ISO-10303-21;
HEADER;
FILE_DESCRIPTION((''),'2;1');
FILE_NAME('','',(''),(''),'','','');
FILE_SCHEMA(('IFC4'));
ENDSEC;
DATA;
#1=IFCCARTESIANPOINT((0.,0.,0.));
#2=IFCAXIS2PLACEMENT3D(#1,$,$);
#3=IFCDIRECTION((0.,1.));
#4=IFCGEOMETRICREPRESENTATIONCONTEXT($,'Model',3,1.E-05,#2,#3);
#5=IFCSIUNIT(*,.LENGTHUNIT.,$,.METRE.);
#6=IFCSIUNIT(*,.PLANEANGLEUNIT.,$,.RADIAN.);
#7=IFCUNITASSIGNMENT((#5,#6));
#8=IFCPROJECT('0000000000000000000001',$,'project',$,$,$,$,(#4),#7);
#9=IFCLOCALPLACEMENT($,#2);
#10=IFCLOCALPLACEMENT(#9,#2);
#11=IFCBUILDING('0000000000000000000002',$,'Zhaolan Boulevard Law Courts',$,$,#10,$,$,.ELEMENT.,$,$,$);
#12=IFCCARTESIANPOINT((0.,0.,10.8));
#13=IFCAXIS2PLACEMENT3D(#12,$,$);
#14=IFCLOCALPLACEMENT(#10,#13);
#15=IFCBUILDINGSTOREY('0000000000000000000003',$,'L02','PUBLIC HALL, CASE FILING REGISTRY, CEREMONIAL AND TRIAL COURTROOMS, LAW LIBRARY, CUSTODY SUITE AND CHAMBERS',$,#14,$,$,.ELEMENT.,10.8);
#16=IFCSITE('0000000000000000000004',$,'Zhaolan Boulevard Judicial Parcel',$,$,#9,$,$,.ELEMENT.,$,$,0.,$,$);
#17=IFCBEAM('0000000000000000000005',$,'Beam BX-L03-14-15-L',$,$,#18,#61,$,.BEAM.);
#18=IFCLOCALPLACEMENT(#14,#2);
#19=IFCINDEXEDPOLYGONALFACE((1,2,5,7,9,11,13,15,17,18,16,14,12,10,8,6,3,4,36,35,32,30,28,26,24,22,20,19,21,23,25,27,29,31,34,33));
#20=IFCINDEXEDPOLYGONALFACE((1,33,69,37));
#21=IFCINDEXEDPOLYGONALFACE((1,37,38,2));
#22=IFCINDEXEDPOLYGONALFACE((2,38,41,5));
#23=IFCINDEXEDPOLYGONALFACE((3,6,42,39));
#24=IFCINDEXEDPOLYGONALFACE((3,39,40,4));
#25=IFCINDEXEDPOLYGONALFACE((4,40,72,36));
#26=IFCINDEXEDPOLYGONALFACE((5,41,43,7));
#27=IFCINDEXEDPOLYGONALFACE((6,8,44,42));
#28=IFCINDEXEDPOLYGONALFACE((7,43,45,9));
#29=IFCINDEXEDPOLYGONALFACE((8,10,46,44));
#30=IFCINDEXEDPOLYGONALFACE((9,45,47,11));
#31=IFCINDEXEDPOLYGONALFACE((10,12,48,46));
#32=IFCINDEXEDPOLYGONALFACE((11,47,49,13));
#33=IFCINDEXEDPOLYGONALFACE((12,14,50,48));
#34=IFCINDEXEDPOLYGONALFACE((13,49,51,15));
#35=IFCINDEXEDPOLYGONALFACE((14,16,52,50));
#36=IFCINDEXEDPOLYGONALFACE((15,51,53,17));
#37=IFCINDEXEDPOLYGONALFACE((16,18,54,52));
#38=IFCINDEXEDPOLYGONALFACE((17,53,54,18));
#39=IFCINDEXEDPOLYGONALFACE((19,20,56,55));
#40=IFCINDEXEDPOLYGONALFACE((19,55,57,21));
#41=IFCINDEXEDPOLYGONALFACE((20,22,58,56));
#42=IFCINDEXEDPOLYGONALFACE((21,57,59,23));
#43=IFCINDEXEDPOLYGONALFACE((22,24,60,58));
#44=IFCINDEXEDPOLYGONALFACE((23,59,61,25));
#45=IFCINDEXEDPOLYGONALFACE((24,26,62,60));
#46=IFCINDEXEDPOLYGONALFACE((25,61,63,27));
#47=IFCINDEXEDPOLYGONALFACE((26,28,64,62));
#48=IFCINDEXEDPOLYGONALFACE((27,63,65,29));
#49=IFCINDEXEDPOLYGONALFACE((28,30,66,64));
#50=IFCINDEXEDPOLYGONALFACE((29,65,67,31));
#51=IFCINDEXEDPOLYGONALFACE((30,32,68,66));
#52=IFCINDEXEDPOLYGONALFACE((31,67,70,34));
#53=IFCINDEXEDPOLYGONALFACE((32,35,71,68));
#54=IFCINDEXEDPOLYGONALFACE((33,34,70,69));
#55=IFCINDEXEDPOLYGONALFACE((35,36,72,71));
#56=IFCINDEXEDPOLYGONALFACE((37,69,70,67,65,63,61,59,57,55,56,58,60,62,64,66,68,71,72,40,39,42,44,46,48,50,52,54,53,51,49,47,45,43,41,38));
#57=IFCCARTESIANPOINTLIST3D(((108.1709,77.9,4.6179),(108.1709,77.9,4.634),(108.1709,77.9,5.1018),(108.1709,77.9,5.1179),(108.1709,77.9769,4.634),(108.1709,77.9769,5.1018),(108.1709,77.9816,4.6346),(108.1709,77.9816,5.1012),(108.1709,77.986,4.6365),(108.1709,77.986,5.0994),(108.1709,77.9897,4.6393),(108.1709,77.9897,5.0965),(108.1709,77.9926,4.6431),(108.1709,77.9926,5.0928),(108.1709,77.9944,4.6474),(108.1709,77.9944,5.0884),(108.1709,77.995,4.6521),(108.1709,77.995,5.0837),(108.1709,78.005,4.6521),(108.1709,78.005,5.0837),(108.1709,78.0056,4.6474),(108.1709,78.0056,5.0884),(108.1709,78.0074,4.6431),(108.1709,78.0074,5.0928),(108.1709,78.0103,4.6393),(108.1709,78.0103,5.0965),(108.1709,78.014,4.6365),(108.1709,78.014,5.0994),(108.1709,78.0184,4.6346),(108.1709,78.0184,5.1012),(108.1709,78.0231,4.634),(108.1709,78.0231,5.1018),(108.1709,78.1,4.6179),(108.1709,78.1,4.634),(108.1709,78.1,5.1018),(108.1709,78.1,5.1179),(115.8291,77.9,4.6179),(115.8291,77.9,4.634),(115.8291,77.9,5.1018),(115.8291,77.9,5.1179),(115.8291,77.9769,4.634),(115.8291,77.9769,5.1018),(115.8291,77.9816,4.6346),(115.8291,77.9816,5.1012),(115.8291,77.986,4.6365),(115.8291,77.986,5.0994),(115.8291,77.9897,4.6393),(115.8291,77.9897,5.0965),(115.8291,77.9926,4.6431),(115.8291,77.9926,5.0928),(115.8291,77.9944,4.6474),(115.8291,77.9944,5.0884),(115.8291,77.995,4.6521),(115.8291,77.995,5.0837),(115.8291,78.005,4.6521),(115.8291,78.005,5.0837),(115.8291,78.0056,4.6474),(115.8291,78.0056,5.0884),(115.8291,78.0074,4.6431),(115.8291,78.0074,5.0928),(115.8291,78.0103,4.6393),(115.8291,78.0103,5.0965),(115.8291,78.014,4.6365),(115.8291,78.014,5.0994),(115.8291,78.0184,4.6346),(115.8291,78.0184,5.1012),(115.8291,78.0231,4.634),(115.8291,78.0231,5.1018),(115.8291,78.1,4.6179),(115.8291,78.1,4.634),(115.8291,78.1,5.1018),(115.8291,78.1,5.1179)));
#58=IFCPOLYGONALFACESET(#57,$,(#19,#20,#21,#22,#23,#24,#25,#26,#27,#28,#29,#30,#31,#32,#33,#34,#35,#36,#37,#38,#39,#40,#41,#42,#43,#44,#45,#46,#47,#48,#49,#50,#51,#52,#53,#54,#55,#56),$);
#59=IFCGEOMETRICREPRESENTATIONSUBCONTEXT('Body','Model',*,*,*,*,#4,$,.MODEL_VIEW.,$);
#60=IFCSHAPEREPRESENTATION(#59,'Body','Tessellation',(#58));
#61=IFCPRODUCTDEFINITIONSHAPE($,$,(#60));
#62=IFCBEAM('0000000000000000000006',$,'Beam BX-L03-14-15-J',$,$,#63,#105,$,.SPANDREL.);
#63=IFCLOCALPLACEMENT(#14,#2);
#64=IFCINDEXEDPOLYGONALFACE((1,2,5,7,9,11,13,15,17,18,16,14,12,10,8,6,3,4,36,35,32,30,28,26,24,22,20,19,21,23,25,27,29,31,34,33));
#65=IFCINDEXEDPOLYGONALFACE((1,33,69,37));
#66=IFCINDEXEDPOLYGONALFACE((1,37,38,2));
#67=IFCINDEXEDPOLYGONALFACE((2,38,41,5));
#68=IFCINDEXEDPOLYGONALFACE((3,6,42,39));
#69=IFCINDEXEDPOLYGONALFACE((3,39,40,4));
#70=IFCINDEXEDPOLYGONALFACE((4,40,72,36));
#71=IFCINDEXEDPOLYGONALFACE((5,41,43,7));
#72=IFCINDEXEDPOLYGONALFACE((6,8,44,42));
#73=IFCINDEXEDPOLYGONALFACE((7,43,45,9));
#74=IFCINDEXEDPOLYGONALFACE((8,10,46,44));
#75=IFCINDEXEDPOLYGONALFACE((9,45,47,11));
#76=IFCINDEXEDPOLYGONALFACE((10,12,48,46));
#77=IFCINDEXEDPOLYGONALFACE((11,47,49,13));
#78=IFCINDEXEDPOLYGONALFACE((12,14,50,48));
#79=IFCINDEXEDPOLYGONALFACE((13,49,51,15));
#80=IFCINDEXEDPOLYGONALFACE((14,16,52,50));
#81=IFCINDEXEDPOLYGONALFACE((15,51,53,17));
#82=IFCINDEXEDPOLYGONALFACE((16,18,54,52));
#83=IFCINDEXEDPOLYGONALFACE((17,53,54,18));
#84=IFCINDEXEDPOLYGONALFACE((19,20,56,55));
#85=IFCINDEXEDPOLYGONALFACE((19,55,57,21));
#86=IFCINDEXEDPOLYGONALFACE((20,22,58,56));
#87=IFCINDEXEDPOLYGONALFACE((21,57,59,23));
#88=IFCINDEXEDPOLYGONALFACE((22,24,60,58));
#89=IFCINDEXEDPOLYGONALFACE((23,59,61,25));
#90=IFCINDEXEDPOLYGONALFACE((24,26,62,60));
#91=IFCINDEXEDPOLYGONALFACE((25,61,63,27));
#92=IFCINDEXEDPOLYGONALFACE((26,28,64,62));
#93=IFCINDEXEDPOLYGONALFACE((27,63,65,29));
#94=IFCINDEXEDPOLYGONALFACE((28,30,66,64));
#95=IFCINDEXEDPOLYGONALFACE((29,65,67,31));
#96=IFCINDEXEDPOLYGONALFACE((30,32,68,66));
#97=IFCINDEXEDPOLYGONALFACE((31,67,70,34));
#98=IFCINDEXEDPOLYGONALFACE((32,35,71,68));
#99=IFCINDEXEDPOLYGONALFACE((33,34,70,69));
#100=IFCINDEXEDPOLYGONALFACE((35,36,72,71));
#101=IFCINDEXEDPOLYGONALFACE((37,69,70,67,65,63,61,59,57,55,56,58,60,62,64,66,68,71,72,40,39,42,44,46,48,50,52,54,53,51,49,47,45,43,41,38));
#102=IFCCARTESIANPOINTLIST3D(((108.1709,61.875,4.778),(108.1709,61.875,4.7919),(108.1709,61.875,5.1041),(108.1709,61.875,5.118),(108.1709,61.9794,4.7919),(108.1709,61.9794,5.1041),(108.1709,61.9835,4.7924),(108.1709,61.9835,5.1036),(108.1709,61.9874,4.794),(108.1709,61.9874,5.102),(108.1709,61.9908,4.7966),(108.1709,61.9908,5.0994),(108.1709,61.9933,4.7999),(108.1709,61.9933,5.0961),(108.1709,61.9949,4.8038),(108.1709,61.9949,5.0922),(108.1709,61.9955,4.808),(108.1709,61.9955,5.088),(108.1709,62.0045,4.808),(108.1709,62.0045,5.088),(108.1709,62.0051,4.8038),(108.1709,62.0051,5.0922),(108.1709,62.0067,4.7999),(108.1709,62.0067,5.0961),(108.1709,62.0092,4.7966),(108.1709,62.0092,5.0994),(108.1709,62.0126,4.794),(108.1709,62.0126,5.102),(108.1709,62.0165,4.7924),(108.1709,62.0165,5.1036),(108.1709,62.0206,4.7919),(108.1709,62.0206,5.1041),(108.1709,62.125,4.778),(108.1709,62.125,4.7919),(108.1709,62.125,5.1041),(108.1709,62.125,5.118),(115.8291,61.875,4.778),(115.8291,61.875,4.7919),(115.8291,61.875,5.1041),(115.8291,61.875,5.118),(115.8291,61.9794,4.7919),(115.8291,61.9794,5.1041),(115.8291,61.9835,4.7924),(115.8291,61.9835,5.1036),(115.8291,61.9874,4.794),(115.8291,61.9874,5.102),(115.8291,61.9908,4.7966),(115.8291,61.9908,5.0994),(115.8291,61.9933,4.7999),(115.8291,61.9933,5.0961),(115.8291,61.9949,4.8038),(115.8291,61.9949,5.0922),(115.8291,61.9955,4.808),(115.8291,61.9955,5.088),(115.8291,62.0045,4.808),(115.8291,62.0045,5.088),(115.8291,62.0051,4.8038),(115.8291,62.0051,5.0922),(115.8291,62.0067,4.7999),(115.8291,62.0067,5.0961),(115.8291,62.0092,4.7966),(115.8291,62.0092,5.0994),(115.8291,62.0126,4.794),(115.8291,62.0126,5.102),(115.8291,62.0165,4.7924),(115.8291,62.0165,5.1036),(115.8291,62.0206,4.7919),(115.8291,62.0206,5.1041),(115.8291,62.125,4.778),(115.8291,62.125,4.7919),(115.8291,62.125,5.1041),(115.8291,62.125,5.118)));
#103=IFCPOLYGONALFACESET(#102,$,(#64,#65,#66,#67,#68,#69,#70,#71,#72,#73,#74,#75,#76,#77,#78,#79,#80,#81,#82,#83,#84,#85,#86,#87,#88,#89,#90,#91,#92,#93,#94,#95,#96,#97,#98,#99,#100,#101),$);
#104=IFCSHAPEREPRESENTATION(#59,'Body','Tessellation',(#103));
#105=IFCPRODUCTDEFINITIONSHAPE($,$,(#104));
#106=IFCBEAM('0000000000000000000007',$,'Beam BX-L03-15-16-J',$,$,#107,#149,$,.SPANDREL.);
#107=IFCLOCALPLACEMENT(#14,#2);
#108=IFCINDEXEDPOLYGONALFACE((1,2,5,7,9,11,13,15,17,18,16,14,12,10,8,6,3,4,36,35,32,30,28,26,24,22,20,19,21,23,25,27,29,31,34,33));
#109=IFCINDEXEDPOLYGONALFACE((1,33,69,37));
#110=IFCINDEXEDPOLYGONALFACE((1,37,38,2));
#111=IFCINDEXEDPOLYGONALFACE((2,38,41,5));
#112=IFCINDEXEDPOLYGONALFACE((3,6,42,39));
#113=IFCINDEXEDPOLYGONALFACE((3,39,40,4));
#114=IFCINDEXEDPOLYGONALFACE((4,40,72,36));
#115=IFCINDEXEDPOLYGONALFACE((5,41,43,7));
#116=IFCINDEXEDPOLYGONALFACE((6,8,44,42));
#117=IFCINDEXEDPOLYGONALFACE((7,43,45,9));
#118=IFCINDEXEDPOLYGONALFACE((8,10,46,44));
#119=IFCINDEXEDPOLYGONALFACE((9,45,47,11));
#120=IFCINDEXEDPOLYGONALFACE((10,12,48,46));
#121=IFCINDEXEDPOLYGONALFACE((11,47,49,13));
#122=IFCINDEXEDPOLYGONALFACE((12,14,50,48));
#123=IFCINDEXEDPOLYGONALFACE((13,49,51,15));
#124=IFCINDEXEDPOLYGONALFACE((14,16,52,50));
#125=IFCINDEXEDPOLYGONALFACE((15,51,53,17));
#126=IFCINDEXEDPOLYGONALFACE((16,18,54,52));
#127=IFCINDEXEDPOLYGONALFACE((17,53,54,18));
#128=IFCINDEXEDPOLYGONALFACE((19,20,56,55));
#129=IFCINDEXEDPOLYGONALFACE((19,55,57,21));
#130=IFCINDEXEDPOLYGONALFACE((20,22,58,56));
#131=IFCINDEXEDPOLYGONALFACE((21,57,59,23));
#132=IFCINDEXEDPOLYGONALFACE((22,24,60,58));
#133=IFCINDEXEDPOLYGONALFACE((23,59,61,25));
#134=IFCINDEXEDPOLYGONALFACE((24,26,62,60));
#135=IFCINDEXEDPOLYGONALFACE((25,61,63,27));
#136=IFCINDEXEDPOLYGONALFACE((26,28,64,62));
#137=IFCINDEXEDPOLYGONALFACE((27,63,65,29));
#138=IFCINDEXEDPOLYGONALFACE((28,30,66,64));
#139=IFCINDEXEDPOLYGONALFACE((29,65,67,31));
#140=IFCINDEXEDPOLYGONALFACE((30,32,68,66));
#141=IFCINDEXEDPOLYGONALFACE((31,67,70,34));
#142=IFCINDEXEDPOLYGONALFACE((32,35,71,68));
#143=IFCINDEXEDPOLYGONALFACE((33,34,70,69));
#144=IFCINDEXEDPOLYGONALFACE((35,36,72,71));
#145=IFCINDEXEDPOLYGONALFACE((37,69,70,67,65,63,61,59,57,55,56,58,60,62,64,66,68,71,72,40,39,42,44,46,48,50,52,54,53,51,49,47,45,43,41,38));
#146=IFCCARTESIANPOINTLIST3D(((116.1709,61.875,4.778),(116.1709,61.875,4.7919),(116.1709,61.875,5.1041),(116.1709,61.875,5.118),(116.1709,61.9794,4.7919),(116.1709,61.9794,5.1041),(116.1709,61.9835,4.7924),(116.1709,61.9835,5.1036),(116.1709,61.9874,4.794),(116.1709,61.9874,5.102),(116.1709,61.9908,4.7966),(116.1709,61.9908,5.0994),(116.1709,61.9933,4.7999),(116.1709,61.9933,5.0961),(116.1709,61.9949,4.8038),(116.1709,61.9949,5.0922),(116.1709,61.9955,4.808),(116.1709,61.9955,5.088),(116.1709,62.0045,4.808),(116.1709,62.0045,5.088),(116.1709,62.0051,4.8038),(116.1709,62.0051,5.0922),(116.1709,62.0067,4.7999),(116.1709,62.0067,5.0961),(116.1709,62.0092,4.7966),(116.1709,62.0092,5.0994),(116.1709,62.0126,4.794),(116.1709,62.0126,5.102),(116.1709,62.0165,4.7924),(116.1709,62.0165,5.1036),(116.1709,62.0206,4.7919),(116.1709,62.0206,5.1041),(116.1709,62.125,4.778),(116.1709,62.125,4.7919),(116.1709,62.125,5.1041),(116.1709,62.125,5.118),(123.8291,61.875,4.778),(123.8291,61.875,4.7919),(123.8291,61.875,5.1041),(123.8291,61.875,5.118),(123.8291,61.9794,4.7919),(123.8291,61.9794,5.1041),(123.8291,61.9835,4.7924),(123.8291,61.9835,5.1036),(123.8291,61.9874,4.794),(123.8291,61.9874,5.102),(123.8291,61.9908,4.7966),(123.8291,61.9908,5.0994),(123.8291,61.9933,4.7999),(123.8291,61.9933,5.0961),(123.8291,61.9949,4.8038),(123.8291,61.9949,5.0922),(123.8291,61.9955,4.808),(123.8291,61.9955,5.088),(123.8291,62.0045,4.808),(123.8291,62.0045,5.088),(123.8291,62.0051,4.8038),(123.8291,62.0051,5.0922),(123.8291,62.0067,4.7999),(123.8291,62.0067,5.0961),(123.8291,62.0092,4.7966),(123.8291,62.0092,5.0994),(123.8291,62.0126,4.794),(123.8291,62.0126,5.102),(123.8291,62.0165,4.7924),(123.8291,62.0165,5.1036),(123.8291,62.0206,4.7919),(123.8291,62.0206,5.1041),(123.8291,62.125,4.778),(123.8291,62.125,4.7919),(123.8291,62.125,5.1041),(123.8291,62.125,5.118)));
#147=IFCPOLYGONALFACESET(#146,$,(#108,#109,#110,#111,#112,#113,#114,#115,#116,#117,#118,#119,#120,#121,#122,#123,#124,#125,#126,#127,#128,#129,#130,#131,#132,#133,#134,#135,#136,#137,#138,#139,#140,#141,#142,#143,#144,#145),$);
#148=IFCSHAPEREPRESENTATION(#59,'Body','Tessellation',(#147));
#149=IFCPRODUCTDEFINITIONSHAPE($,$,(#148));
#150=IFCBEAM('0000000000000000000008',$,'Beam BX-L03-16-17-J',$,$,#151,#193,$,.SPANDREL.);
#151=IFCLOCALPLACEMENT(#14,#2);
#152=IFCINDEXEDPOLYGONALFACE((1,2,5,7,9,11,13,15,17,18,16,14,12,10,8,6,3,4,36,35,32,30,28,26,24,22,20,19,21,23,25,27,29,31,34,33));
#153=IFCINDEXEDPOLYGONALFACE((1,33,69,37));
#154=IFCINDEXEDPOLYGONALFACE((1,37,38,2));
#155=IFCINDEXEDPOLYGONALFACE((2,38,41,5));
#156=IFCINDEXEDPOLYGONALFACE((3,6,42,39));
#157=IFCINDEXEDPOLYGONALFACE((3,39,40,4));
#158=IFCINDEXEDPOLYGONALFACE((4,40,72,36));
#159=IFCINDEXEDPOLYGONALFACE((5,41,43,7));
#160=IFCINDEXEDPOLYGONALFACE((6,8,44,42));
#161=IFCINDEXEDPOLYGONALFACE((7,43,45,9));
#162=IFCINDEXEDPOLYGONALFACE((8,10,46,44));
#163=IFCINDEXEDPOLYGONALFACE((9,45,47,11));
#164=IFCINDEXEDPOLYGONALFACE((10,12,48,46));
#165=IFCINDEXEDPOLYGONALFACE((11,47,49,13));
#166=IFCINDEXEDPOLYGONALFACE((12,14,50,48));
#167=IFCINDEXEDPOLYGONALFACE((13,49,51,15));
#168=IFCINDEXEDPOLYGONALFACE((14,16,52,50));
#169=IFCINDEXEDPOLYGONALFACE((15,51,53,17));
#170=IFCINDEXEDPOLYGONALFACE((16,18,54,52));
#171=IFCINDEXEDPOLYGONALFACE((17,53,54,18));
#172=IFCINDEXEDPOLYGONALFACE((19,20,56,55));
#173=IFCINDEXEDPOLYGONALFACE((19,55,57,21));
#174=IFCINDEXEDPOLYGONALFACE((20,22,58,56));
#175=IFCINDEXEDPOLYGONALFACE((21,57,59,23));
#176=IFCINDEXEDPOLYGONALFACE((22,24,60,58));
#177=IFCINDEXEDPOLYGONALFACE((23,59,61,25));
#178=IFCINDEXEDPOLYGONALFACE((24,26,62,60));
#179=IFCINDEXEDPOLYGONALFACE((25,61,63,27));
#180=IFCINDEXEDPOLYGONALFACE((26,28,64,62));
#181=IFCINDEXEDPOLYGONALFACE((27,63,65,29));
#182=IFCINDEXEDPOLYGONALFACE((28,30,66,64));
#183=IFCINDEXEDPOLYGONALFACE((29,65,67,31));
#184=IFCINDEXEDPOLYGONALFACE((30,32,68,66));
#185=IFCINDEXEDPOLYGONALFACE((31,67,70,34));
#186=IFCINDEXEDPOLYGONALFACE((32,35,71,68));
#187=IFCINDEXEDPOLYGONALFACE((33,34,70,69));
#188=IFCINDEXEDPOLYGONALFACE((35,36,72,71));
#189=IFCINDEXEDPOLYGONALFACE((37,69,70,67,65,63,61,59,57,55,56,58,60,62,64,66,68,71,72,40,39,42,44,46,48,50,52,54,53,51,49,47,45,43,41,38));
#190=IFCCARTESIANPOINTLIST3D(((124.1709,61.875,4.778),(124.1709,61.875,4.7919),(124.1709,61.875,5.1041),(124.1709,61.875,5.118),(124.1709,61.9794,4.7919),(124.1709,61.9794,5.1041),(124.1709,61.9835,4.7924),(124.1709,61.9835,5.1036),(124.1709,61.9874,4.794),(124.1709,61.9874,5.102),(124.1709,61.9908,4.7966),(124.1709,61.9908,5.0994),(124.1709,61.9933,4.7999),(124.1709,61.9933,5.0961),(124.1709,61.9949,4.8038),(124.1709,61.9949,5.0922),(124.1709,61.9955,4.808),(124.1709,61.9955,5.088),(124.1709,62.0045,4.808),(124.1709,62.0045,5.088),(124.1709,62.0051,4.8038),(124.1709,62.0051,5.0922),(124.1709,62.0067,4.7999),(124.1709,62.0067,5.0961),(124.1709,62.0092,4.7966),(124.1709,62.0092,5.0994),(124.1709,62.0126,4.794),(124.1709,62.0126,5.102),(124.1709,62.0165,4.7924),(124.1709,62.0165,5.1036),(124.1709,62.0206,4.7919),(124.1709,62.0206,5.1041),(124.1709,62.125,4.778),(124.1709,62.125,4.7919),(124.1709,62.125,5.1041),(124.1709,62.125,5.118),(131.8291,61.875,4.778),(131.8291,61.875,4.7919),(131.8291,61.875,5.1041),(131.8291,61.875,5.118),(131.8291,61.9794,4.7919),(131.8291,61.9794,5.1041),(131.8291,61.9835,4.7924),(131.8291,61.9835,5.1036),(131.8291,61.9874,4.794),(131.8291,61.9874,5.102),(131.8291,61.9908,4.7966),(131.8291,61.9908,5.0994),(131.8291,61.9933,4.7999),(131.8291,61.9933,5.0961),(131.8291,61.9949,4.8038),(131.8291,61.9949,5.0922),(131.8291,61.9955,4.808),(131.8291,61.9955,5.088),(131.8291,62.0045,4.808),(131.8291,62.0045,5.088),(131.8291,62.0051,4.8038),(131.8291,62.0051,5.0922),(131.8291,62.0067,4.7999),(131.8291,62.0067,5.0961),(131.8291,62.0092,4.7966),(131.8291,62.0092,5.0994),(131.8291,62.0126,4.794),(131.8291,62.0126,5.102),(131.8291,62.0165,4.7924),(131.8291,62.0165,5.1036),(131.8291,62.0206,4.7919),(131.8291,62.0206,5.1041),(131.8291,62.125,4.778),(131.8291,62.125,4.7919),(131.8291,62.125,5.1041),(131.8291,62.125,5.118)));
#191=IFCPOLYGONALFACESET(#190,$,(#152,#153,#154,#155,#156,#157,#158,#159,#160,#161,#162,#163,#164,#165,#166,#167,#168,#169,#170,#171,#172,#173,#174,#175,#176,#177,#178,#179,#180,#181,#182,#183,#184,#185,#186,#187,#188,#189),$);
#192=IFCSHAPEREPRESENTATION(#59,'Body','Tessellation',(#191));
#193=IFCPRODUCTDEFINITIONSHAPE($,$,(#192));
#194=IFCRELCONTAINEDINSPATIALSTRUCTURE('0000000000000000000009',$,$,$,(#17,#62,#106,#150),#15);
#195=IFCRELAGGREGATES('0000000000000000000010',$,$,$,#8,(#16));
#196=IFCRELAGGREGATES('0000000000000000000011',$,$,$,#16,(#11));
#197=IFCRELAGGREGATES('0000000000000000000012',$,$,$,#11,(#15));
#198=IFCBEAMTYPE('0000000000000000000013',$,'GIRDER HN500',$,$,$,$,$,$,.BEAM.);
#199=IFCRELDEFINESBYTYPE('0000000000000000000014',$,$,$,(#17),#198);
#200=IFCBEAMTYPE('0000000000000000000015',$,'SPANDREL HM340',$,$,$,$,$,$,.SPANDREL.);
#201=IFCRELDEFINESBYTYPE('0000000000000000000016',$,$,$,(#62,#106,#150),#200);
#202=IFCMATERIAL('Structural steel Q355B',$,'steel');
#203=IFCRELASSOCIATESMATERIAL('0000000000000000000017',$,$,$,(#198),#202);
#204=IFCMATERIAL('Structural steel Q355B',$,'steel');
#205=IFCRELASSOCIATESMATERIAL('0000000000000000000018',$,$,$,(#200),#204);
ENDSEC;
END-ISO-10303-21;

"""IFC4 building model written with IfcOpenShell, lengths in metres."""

from ifc_helpers import new_model, si_unit, direction, frame, origin, origin_2d, place, context, subcontext, project, spatial, i_section, extrude, material, material_profile, profile_set, type_object, element, save


model = new_model("IFC4")

# Units and contexts
model_context = context("Model", 3, precision=1e-05, world=origin(), true_north=direction((0.0, 1.0)))
body_context = subcontext(model_context, "Body", "Model", "MODEL_VIEW")
ifc_project = project(units=[si_unit("LENGTHUNIT", "METRE"), si_unit("PLANEANGLEUNIT", "RADIAN")], contexts=[model_context])

# Site, building, storey
site_placement = place(None, origin())
site = spatial("IfcSite", under=ifc_project, at=site_placement, Name="Zhaolan Boulevard Judicial Parcel", CompositionType="ELEMENT", RefElevation=0.0)
building_placement = place(site_placement, origin())
building = spatial("IfcBuilding", under=site, at=building_placement, Name="Zhaolan Boulevard Law Courts", CompositionType="ELEMENT")
storey_placement = place(building_placement, frame((0.0, 0.0, 10.8)))
storey = spatial("IfcBuildingStorey", under=building, at=storey_placement, Name="L02", Description="PUBLIC HALL, CASE FILING REGISTRY, CEREMONIAL AND TRIAL COURTROOMS, LAW LIBRARY, CUSTODY SUITE AND CHAMBERS", CompositionType="ELEMENT", Elevation=10.8)

# Beams
ifc_material_1 = material(Name="Structural steel Q355B", Category="steel")
ifc_material_profile_1 = material_profile(ifc_material_1, i_section(OverallWidth=0.2, OverallDepth=0.5, WebThickness=0.01, FlangeThickness=0.0161, FilletRadius=0.0181, at=origin_2d()), Name="HN500x200")
ifc_profile_set_1 = profile_set([ifc_material_profile_1], Name="Structural steel Q355B")
beam_type_1 = type_object("IfcBeamType", Name="GIRDER HN500", PredefinedType="BEAM", material=ifc_profile_set_1)
beam_1_placement = place(storey_placement, frame((108.1709, 78.0, 4.8679), z_axis=(1.0, 0.0, 0.0), x_axis=(0.0, 1.0, 0.0)))
element("IfcBeam", 1, at=beam_1_placement, inside=storey, type_object=beam_type_1, Name="Beam BX-L03-14-15-L", PredefinedType="BEAM", context=body_context, shape_type="SweptSolid", body=[
    extrude(i_section(OverallWidth=0.2, OverallDepth=0.5, WebThickness=0.01, FlangeThickness=0.0161, FilletRadius=0.0181, at=origin_2d()), origin(), (0.0, 0.0, 1.0), 7.6582),
])
ifc_material_2 = material(Name="Structural steel Q355B", Category="steel")
ifc_material_profile_2 = material_profile(ifc_material_2, i_section(OverallWidth=0.25, OverallDepth=0.3401, WebThickness=0.009, FlangeThickness=0.0139, FilletRadius=0.0161, at=origin_2d()), Name="HM340x250")
ifc_profile_set_2 = profile_set([ifc_material_profile_2], Name="Structural steel Q355B")
beam_type_2 = type_object("IfcBeamType", Name="SPANDREL HM340", PredefinedType="SPANDREL", material=ifc_profile_set_2)
for number, where, z_axis, x_axis, name in (
    (2, (108.1709, 62.0, 4.948), (1.0, 0.0, 0.0), (0.0, 1.0, 0.0), "Beam BX-L03-14-15-J"),
    (3, (116.1709, 62.0, 4.948), (1.0, 0.0, 0.0), (0.0, 1.0, 0.0), "Beam BX-L03-15-16-J"),
    (4, (124.1709, 62.0, 4.948), (1.0, 0.0, 0.0), (0.0, 1.0, 0.0), "Beam BX-L03-16-17-J"),
):
    element("IfcBeam", number, at=place(storey_placement, frame(where, z_axis=z_axis, x_axis=x_axis)), inside=storey, type_object=beam_type_2, Name=name, PredefinedType="SPANDREL", context=body_context, shape_type="SweptSolid", body=[
        extrude(i_section(OverallWidth=0.25, OverallDepth=0.3401, WebThickness=0.009, FlangeThickness=0.0139, FilletRadius=0.0161, at=origin_2d()), origin(), (0.0, 0.0, 1.0), 7.6582),
    ])

save(model, "model.ifc")
